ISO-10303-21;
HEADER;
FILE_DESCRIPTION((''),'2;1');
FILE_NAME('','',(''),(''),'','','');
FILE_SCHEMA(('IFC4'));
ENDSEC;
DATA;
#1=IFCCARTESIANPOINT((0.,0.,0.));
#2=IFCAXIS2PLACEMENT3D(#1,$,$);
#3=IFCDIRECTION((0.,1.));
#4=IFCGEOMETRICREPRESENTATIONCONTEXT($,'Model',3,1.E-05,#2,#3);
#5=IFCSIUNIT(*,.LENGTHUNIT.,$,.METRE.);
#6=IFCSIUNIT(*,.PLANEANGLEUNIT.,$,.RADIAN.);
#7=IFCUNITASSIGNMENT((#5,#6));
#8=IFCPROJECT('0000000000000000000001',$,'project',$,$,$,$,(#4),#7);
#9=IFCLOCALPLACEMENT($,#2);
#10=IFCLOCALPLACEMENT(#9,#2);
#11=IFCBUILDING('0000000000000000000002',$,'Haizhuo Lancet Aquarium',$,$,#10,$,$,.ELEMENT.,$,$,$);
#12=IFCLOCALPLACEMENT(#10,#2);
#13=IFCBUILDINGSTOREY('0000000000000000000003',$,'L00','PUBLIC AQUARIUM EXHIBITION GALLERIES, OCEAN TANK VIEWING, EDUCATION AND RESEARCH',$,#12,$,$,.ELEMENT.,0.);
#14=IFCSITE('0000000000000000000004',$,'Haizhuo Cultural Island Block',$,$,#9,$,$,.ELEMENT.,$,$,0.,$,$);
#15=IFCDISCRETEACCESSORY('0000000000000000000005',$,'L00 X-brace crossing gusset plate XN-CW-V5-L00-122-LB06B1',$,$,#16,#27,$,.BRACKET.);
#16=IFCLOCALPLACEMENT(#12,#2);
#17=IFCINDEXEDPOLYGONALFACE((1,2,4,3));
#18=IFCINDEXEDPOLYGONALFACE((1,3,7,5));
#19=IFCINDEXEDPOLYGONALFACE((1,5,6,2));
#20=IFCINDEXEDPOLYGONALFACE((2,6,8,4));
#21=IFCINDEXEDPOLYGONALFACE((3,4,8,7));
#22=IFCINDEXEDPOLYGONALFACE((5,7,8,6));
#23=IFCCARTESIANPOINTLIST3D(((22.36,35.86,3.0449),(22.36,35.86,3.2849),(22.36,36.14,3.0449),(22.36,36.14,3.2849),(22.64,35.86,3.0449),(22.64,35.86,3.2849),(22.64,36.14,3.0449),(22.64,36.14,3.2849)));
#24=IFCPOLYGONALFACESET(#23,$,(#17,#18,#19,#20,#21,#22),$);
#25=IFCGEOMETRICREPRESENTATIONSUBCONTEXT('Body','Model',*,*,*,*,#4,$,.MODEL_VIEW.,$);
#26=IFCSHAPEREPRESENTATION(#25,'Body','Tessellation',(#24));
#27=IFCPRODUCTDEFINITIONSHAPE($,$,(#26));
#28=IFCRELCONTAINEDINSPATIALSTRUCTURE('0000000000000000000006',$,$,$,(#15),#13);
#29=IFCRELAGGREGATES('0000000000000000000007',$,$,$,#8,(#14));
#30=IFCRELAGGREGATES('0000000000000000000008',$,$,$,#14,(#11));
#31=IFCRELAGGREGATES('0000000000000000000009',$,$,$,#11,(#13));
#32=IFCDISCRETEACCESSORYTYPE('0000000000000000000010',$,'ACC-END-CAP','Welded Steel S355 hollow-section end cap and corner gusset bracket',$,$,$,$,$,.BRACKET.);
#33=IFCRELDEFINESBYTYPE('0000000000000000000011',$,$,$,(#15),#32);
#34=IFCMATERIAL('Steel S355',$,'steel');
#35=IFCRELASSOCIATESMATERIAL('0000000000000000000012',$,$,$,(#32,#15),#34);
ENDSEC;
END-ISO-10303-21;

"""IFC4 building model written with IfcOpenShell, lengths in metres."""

from ifc_helpers import new_model, si_unit, direction, frame, origin, origin_2d, place, context, subcontext, project, spatial, rectangle, extrude, material, type_object, element, save


model = new_model("IFC4")

# Units and contexts
model_context = context("Model", 3, precision=1e-05, world=origin(), true_north=direction((0.0, 1.0)))
body_context = subcontext(model_context, "Body", "Model", "MODEL_VIEW")
ifc_project = project(units=[si_unit("LENGTHUNIT", "METRE"), si_unit("PLANEANGLEUNIT", "RADIAN")], contexts=[model_context])

# Site, building, storey
site_placement = place(None, origin())
site = spatial("IfcSite", under=ifc_project, at=site_placement, Name="Haizhuo Cultural Island Block", CompositionType="ELEMENT", RefElevation=0.0)
building_placement = place(site_placement, origin())
building = spatial("IfcBuilding", under=site, at=building_placement, Name="Haizhuo Lancet Aquarium", CompositionType="ELEMENT")
storey_placement = place(building_placement, origin())
storey = spatial("IfcBuildingStorey", under=building, at=storey_placement, Name="L00", Description="PUBLIC AQUARIUM EXHIBITION GALLERIES, OCEAN TANK VIEWING, EDUCATION AND RESEARCH", CompositionType="ELEMENT", Elevation=0.0)

# Shared definitions
ifc_material_1 = material(Name="Steel S355", Category="steel")

# Discrete accessory
discrete_accessory_type = type_object("IfcDiscreteAccessoryType", Name="ACC-END-CAP", Description="Welded Steel S355 hollow-section end cap and corner gusset bracket", PredefinedType="BRACKET", material=ifc_material_1)
for number, where, z_axis, x_axis, name in (
    (1, (22.5, 36.0, 3.0449), (0.0, 0.0, 1.0), (1.0, 0.0, 0.0), "L00 X-brace crossing gusset plate XN-CW-V5-L00-122-LB06B1"),
):
    element("IfcDiscreteAccessory", number, at=place(storey_placement, frame(where, z_axis=z_axis, x_axis=x_axis)), inside=storey, type_object=discrete_accessory_type, material=ifc_material_1, Name=name, PredefinedType="BRACKET", context=body_context, shape_type="SweptSolid", body=[
        extrude(rectangle(XDim=0.28, YDim=0.28, at=origin_2d()), origin(), (0.0, 0.0, 1.0), 0.24),
    ])

save(model, "model.ifc")
